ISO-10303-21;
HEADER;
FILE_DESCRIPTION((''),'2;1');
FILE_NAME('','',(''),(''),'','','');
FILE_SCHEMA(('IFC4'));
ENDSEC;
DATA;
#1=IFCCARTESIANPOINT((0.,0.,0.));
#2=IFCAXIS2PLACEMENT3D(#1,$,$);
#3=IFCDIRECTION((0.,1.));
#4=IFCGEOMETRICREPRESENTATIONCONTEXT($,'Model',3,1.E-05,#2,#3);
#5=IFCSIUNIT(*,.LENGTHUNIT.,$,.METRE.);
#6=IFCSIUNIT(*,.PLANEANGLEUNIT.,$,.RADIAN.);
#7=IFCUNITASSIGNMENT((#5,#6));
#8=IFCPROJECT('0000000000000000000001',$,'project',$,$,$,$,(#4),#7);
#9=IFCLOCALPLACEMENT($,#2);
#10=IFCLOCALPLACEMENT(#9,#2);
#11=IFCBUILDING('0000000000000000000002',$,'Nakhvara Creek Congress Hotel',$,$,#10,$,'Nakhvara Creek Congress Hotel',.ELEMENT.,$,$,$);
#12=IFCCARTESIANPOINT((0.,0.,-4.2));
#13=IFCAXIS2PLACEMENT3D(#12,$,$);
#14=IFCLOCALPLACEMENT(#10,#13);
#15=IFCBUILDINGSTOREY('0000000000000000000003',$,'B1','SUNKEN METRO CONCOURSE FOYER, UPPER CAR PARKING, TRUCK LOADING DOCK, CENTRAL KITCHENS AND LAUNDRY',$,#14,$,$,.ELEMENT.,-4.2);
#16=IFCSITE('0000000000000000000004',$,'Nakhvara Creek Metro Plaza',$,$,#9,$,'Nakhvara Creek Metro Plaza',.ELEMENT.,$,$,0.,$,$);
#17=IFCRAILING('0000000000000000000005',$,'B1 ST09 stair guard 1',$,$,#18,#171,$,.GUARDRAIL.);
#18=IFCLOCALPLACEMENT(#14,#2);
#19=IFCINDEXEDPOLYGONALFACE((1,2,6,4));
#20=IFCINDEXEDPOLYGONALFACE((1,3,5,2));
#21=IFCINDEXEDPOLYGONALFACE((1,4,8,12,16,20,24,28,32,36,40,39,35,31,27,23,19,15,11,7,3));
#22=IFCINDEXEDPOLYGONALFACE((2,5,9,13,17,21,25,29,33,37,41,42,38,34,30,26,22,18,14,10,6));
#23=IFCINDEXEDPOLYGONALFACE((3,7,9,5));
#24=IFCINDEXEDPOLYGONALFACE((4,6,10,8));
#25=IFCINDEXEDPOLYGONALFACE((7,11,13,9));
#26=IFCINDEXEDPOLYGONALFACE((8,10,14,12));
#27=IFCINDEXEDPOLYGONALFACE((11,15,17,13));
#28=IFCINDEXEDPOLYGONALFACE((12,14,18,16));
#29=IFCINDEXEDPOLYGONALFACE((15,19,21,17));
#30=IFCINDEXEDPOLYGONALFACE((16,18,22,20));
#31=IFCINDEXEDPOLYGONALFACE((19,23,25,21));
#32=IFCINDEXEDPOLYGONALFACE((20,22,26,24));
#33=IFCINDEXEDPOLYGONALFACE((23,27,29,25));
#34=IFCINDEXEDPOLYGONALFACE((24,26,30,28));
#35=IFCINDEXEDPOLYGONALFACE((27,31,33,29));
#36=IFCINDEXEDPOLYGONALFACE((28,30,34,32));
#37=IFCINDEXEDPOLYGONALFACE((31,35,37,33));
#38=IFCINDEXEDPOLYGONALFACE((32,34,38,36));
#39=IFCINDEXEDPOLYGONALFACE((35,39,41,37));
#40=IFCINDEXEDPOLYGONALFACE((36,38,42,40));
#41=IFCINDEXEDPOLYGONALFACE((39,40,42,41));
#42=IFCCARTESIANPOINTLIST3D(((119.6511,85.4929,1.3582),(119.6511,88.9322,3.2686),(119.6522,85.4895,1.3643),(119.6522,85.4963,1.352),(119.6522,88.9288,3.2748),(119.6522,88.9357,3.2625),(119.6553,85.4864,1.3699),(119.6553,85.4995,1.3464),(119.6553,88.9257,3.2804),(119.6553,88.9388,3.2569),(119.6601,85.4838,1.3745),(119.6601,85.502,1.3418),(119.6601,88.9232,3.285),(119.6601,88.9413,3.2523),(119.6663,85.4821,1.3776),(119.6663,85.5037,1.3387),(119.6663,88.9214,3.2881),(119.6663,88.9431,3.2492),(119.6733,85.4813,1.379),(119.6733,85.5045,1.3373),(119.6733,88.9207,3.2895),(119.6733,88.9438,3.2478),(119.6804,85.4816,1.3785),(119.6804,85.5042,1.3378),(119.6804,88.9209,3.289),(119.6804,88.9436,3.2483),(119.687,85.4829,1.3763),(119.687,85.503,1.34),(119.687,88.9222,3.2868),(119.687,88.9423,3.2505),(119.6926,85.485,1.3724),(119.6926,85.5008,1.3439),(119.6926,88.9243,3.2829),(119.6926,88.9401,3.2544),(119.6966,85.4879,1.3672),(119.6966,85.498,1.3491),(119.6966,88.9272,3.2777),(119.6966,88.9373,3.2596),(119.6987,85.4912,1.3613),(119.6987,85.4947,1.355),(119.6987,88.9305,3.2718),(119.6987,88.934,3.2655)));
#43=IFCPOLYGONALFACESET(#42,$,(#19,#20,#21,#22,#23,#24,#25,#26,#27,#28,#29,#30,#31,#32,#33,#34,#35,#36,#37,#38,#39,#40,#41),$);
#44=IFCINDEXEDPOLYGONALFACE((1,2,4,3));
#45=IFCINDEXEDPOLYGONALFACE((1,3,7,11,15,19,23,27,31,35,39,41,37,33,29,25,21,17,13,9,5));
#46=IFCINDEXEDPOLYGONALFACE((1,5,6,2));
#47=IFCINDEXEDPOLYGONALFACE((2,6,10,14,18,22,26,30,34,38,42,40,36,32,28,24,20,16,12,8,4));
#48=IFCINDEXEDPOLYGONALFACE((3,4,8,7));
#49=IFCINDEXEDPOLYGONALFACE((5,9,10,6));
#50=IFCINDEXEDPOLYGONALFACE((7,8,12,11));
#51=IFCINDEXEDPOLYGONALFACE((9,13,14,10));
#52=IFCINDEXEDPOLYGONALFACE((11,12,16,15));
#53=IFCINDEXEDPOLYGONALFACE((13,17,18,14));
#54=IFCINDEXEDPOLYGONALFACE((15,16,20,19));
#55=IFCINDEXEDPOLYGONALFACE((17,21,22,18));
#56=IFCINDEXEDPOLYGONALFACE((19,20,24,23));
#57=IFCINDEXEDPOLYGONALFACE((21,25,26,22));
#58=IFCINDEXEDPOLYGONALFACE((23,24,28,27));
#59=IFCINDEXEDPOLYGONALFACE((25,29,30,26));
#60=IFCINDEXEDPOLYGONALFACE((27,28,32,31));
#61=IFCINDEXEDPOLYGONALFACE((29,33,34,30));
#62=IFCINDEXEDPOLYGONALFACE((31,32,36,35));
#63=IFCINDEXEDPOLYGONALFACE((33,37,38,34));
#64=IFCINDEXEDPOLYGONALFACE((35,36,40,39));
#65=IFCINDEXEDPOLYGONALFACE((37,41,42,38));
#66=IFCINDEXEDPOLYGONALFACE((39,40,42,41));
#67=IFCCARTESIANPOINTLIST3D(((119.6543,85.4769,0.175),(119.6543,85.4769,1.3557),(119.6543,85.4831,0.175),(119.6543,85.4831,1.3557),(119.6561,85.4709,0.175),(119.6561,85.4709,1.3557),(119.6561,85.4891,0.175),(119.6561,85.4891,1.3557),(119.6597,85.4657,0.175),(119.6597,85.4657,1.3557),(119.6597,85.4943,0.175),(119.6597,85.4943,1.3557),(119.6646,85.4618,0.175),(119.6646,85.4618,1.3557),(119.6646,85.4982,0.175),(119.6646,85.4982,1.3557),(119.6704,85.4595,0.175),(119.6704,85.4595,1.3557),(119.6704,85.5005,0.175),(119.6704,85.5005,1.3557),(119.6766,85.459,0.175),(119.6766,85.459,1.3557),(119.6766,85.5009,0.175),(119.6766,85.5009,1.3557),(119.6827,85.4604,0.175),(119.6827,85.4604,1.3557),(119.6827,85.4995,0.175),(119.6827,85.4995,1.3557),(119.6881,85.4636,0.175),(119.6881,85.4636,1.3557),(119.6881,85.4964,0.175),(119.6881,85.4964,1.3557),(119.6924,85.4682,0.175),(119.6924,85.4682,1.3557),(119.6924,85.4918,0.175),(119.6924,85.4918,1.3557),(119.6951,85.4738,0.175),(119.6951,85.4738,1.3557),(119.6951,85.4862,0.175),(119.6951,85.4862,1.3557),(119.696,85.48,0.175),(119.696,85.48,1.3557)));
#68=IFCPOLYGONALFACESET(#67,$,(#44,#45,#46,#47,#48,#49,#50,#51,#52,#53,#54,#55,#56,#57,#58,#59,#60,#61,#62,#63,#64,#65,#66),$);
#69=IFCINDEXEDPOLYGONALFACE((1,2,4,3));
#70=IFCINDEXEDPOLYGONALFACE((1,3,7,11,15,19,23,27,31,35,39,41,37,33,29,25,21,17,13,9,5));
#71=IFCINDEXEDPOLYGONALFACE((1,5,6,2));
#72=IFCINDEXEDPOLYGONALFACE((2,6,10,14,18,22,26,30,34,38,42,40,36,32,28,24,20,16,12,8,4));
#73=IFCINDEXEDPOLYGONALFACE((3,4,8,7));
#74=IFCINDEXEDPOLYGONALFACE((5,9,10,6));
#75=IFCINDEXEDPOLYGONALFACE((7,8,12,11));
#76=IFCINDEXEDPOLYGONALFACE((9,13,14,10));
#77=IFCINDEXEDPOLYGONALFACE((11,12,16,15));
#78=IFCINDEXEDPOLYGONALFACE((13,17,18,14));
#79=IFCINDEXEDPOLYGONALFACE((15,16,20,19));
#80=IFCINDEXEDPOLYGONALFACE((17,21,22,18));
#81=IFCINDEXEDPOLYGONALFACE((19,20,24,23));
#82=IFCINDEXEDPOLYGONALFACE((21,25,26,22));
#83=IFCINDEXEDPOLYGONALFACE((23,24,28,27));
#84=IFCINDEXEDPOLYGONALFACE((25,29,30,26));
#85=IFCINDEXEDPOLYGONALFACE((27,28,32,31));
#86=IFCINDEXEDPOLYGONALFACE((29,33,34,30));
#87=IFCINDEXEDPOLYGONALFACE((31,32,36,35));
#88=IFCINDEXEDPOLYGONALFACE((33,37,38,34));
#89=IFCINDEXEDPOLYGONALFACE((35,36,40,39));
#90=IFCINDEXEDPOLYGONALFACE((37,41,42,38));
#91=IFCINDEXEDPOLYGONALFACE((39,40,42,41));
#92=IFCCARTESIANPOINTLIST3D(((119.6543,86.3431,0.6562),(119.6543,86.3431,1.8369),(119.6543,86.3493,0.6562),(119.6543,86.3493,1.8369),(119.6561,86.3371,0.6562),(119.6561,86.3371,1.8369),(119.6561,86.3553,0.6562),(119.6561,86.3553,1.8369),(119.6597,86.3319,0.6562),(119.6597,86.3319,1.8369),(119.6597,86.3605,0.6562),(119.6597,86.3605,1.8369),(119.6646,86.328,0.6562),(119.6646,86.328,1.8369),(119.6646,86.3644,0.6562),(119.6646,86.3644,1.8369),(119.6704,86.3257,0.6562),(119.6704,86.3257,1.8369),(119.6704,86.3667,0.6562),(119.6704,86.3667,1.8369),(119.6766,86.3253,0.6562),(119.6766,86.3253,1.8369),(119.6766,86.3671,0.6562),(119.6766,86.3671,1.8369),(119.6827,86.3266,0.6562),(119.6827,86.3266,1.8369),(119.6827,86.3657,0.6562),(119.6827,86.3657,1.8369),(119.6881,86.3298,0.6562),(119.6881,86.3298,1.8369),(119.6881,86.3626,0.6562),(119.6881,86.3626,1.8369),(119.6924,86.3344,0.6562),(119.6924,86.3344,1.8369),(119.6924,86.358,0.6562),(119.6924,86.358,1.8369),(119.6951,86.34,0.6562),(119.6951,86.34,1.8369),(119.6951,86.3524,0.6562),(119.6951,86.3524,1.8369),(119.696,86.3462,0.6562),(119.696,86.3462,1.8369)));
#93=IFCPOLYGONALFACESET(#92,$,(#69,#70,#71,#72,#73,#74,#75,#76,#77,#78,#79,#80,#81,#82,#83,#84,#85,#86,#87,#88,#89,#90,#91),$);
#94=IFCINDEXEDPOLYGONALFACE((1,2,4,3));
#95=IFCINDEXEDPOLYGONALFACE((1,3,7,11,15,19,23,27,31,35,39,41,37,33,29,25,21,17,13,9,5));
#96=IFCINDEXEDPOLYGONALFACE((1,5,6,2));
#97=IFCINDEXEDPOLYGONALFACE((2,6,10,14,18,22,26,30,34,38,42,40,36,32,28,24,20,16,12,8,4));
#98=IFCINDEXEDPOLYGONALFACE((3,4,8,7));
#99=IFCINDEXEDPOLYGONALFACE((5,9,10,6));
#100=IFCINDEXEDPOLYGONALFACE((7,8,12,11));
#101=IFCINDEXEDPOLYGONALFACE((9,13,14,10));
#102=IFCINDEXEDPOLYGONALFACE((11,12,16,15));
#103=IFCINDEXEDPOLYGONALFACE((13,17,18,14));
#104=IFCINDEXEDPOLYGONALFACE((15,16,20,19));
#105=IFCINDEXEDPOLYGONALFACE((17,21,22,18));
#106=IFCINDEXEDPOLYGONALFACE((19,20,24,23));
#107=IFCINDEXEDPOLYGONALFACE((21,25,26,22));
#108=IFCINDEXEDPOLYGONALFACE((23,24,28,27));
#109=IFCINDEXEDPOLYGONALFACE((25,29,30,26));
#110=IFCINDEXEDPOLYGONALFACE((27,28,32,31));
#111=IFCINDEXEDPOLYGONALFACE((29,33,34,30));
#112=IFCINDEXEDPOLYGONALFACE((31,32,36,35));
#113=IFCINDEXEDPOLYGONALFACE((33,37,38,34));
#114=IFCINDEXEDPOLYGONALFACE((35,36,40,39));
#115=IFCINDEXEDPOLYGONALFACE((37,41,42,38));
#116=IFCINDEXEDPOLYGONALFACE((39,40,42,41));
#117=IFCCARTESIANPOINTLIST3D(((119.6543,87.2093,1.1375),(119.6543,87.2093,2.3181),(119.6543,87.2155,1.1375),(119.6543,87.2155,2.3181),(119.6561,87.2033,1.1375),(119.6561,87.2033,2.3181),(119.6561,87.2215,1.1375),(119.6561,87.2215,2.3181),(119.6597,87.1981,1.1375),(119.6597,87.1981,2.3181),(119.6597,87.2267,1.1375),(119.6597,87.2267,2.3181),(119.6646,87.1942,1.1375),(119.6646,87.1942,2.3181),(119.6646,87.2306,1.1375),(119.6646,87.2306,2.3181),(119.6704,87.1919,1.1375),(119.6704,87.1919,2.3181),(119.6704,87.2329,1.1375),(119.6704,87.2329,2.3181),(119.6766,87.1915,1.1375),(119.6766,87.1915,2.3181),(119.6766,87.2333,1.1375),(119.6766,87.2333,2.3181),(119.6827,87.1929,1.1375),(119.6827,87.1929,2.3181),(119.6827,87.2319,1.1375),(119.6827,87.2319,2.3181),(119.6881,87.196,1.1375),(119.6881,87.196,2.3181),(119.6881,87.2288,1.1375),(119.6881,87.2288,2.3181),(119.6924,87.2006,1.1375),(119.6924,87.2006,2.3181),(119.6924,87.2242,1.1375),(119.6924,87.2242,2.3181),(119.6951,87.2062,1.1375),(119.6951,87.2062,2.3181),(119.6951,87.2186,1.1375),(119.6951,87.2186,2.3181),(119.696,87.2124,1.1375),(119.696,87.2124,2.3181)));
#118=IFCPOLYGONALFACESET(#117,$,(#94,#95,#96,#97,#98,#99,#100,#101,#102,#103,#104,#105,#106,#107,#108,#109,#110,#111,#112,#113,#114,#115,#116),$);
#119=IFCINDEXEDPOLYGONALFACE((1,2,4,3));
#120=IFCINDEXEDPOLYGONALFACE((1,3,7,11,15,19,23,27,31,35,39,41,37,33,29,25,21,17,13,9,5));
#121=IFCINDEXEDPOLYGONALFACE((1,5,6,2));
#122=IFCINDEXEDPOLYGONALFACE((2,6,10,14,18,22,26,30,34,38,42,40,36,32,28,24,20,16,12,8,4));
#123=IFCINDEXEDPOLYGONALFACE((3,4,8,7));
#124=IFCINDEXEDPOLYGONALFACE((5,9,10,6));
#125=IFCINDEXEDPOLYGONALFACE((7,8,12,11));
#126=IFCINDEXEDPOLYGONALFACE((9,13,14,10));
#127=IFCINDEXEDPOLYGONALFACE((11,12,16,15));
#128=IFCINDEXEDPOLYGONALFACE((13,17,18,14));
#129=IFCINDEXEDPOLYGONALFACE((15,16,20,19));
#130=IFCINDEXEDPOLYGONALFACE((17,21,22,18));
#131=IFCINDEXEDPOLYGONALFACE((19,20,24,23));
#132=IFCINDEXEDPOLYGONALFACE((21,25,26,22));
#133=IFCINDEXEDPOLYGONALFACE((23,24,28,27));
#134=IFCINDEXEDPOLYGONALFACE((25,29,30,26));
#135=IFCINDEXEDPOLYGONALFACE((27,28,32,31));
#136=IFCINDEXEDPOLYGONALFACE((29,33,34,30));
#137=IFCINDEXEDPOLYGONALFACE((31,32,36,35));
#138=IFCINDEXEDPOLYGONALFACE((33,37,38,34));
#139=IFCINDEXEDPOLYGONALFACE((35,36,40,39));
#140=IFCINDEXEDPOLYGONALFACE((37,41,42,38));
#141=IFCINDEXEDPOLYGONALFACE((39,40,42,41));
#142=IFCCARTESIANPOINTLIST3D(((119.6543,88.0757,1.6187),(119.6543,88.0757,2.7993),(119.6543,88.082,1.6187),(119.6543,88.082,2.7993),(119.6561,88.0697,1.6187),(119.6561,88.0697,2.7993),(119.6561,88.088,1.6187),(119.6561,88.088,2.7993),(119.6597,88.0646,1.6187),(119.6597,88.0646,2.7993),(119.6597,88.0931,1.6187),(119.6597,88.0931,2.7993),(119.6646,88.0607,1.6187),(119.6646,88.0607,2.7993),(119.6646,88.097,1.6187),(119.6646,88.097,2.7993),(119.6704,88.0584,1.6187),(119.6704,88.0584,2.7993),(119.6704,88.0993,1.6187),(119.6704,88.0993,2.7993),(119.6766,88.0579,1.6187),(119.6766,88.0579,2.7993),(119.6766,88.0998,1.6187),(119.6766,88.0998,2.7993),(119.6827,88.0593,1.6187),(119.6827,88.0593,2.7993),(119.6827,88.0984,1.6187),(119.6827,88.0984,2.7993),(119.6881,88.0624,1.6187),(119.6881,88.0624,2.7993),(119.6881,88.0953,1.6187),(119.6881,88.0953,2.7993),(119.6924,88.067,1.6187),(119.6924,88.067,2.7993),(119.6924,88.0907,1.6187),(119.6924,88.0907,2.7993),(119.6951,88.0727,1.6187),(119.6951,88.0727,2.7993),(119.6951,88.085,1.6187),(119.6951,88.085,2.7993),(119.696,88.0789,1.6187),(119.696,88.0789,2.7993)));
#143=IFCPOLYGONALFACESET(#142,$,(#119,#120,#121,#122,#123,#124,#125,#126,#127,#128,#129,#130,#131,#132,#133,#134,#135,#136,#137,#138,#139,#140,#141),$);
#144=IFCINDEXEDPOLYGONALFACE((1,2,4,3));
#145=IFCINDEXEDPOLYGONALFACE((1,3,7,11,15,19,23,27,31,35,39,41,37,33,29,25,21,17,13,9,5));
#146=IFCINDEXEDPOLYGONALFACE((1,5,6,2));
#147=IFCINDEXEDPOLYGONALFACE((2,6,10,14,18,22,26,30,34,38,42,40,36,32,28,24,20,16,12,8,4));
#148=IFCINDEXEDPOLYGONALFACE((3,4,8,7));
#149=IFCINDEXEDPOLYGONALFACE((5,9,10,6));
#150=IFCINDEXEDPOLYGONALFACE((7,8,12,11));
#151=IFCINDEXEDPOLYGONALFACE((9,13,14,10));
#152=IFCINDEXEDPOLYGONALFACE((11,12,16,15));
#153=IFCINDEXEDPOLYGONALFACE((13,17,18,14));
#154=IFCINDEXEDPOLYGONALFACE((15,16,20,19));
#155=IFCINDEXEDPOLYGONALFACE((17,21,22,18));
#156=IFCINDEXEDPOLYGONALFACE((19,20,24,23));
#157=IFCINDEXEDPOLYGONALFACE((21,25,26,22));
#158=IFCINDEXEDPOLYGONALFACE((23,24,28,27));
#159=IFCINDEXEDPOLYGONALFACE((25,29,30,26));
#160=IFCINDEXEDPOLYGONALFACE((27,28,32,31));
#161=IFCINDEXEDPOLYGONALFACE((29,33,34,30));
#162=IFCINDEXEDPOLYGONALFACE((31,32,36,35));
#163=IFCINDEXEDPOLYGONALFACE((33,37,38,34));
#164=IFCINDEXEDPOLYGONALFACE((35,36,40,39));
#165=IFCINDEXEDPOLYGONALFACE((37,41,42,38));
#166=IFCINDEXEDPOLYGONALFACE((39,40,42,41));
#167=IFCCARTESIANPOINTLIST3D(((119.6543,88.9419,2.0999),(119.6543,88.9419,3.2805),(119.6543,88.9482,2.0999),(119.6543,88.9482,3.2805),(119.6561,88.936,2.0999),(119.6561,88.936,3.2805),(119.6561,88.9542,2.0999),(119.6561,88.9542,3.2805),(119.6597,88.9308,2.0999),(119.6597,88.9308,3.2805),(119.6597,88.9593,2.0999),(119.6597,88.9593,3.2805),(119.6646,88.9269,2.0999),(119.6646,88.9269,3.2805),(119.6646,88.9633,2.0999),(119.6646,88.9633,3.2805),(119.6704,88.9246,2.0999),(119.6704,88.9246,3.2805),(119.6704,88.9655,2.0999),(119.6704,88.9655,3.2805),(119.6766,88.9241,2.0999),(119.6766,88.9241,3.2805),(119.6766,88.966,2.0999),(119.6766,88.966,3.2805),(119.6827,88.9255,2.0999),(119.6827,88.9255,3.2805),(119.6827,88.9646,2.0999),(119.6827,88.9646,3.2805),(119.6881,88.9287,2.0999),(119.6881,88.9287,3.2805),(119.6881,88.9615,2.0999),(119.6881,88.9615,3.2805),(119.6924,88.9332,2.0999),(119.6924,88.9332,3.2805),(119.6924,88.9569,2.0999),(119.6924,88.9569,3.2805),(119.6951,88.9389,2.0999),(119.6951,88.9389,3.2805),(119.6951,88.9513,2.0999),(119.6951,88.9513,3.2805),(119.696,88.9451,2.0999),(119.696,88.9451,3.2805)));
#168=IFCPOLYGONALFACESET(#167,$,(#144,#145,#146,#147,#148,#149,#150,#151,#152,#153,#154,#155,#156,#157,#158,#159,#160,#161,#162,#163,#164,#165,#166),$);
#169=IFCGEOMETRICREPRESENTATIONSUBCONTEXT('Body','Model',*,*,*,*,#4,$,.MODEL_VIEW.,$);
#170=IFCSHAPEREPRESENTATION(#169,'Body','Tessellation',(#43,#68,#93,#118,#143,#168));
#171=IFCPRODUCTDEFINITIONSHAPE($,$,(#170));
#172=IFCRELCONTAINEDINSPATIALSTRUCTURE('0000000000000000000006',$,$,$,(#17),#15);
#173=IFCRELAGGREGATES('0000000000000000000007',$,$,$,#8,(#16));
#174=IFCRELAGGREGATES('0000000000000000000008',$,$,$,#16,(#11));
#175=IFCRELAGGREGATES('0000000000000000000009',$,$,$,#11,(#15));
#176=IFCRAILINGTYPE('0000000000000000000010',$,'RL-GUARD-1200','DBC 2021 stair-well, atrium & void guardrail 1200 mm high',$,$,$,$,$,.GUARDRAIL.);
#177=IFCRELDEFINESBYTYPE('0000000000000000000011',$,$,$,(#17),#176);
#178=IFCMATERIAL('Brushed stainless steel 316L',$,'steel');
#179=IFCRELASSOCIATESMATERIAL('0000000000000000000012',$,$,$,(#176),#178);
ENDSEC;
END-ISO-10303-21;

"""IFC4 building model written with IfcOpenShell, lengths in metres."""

from ifc_helpers import new_model, si_unit, direction, frame, origin, origin_2d, place, context, subcontext, project, spatial, circle, extrude, material, type_object, element, save


model = new_model("IFC4")

# Units and contexts
model_context = context("Model", 3, precision=1e-05, world=origin(), true_north=direction((0.0, 1.0)))
body_context = subcontext(model_context, "Body", "Model", "MODEL_VIEW")
ifc_project = project(units=[si_unit("LENGTHUNIT", "METRE"), si_unit("PLANEANGLEUNIT", "RADIAN")], contexts=[model_context])

# Site, building, storey
site_placement = place(None, origin())
site = spatial("IfcSite", under=ifc_project, at=site_placement, Name="Nakhvara Creek Metro Plaza", LongName="Nakhvara Creek Metro Plaza", CompositionType="ELEMENT", RefElevation=0.0)
building_placement = place(site_placement, origin())
building = spatial("IfcBuilding", under=site, at=building_placement, Name="Nakhvara Creek Congress Hotel", LongName="Nakhvara Creek Congress Hotel", CompositionType="ELEMENT")
storey_placement = place(building_placement, frame((0.0, 0.0, -4.2)))
storey = spatial("IfcBuildingStorey", under=building, at=storey_placement, Name="B1", Description="SUNKEN METRO CONCOURSE FOYER, UPPER CAR PARKING, TRUCK LOADING DOCK, CENTRAL KITCHENS AND LAUNDRY", CompositionType="ELEMENT", Elevation=-4.2)

# Railing
ifc_material_1 = material(Name="Brushed stainless steel 316L", Category="steel")
railing_type_1 = type_object("IfcRailingType", Name="RL-GUARD-1200", Description="DBC 2021 stair-well, atrium & void guardrail 1200 mm high", PredefinedType="GUARDRAIL", material=ifc_material_1)
railing_1_placement = place(storey_placement, frame((119.675, 85.48, 0.175)))
element("IfcRailing", 1, at=railing_1_placement, inside=storey, type_object=railing_type_1, Name="B1 ST09 stair guard 1", PredefinedType="GUARDRAIL", context=body_context, shape_type="SweptSolid", body=[
    extrude(circle(Radius=0.0239, at=origin_2d()), frame((0.0, 0.0129, 1.1831), z_axis=(0.0, 0.874183, 0.485596), x_axis=(-1.0, 0.0, 0.0)), (0.0, 0.0, 1.0), 3.9343),
    extrude(circle(Radius=0.021, at=origin_2d()), origin(), (0.0, 0.0, 1.0), 1.1807),
    extrude(circle(Radius=0.021, at=origin_2d()), frame((0.0, 0.8662, 0.4812)), (0.0, 0.0, 1.0), 1.1807),
    extrude(circle(Radius=0.021, at=origin_2d()), frame((0.0, 1.7324, 0.9624)), (0.0, 0.0, 1.0), 1.1807),
    extrude(circle(Radius=0.021, at=origin_2d()), frame((0.0, 2.5989, 1.4436)), (0.0, 0.0, 1.0), 1.1807),
    extrude(circle(Radius=0.021, at=origin_2d()), frame((0.0, 3.4651, 1.9248)), (0.0, 0.0, 1.0), 1.1807),
])

save(model, "model.ifc")
